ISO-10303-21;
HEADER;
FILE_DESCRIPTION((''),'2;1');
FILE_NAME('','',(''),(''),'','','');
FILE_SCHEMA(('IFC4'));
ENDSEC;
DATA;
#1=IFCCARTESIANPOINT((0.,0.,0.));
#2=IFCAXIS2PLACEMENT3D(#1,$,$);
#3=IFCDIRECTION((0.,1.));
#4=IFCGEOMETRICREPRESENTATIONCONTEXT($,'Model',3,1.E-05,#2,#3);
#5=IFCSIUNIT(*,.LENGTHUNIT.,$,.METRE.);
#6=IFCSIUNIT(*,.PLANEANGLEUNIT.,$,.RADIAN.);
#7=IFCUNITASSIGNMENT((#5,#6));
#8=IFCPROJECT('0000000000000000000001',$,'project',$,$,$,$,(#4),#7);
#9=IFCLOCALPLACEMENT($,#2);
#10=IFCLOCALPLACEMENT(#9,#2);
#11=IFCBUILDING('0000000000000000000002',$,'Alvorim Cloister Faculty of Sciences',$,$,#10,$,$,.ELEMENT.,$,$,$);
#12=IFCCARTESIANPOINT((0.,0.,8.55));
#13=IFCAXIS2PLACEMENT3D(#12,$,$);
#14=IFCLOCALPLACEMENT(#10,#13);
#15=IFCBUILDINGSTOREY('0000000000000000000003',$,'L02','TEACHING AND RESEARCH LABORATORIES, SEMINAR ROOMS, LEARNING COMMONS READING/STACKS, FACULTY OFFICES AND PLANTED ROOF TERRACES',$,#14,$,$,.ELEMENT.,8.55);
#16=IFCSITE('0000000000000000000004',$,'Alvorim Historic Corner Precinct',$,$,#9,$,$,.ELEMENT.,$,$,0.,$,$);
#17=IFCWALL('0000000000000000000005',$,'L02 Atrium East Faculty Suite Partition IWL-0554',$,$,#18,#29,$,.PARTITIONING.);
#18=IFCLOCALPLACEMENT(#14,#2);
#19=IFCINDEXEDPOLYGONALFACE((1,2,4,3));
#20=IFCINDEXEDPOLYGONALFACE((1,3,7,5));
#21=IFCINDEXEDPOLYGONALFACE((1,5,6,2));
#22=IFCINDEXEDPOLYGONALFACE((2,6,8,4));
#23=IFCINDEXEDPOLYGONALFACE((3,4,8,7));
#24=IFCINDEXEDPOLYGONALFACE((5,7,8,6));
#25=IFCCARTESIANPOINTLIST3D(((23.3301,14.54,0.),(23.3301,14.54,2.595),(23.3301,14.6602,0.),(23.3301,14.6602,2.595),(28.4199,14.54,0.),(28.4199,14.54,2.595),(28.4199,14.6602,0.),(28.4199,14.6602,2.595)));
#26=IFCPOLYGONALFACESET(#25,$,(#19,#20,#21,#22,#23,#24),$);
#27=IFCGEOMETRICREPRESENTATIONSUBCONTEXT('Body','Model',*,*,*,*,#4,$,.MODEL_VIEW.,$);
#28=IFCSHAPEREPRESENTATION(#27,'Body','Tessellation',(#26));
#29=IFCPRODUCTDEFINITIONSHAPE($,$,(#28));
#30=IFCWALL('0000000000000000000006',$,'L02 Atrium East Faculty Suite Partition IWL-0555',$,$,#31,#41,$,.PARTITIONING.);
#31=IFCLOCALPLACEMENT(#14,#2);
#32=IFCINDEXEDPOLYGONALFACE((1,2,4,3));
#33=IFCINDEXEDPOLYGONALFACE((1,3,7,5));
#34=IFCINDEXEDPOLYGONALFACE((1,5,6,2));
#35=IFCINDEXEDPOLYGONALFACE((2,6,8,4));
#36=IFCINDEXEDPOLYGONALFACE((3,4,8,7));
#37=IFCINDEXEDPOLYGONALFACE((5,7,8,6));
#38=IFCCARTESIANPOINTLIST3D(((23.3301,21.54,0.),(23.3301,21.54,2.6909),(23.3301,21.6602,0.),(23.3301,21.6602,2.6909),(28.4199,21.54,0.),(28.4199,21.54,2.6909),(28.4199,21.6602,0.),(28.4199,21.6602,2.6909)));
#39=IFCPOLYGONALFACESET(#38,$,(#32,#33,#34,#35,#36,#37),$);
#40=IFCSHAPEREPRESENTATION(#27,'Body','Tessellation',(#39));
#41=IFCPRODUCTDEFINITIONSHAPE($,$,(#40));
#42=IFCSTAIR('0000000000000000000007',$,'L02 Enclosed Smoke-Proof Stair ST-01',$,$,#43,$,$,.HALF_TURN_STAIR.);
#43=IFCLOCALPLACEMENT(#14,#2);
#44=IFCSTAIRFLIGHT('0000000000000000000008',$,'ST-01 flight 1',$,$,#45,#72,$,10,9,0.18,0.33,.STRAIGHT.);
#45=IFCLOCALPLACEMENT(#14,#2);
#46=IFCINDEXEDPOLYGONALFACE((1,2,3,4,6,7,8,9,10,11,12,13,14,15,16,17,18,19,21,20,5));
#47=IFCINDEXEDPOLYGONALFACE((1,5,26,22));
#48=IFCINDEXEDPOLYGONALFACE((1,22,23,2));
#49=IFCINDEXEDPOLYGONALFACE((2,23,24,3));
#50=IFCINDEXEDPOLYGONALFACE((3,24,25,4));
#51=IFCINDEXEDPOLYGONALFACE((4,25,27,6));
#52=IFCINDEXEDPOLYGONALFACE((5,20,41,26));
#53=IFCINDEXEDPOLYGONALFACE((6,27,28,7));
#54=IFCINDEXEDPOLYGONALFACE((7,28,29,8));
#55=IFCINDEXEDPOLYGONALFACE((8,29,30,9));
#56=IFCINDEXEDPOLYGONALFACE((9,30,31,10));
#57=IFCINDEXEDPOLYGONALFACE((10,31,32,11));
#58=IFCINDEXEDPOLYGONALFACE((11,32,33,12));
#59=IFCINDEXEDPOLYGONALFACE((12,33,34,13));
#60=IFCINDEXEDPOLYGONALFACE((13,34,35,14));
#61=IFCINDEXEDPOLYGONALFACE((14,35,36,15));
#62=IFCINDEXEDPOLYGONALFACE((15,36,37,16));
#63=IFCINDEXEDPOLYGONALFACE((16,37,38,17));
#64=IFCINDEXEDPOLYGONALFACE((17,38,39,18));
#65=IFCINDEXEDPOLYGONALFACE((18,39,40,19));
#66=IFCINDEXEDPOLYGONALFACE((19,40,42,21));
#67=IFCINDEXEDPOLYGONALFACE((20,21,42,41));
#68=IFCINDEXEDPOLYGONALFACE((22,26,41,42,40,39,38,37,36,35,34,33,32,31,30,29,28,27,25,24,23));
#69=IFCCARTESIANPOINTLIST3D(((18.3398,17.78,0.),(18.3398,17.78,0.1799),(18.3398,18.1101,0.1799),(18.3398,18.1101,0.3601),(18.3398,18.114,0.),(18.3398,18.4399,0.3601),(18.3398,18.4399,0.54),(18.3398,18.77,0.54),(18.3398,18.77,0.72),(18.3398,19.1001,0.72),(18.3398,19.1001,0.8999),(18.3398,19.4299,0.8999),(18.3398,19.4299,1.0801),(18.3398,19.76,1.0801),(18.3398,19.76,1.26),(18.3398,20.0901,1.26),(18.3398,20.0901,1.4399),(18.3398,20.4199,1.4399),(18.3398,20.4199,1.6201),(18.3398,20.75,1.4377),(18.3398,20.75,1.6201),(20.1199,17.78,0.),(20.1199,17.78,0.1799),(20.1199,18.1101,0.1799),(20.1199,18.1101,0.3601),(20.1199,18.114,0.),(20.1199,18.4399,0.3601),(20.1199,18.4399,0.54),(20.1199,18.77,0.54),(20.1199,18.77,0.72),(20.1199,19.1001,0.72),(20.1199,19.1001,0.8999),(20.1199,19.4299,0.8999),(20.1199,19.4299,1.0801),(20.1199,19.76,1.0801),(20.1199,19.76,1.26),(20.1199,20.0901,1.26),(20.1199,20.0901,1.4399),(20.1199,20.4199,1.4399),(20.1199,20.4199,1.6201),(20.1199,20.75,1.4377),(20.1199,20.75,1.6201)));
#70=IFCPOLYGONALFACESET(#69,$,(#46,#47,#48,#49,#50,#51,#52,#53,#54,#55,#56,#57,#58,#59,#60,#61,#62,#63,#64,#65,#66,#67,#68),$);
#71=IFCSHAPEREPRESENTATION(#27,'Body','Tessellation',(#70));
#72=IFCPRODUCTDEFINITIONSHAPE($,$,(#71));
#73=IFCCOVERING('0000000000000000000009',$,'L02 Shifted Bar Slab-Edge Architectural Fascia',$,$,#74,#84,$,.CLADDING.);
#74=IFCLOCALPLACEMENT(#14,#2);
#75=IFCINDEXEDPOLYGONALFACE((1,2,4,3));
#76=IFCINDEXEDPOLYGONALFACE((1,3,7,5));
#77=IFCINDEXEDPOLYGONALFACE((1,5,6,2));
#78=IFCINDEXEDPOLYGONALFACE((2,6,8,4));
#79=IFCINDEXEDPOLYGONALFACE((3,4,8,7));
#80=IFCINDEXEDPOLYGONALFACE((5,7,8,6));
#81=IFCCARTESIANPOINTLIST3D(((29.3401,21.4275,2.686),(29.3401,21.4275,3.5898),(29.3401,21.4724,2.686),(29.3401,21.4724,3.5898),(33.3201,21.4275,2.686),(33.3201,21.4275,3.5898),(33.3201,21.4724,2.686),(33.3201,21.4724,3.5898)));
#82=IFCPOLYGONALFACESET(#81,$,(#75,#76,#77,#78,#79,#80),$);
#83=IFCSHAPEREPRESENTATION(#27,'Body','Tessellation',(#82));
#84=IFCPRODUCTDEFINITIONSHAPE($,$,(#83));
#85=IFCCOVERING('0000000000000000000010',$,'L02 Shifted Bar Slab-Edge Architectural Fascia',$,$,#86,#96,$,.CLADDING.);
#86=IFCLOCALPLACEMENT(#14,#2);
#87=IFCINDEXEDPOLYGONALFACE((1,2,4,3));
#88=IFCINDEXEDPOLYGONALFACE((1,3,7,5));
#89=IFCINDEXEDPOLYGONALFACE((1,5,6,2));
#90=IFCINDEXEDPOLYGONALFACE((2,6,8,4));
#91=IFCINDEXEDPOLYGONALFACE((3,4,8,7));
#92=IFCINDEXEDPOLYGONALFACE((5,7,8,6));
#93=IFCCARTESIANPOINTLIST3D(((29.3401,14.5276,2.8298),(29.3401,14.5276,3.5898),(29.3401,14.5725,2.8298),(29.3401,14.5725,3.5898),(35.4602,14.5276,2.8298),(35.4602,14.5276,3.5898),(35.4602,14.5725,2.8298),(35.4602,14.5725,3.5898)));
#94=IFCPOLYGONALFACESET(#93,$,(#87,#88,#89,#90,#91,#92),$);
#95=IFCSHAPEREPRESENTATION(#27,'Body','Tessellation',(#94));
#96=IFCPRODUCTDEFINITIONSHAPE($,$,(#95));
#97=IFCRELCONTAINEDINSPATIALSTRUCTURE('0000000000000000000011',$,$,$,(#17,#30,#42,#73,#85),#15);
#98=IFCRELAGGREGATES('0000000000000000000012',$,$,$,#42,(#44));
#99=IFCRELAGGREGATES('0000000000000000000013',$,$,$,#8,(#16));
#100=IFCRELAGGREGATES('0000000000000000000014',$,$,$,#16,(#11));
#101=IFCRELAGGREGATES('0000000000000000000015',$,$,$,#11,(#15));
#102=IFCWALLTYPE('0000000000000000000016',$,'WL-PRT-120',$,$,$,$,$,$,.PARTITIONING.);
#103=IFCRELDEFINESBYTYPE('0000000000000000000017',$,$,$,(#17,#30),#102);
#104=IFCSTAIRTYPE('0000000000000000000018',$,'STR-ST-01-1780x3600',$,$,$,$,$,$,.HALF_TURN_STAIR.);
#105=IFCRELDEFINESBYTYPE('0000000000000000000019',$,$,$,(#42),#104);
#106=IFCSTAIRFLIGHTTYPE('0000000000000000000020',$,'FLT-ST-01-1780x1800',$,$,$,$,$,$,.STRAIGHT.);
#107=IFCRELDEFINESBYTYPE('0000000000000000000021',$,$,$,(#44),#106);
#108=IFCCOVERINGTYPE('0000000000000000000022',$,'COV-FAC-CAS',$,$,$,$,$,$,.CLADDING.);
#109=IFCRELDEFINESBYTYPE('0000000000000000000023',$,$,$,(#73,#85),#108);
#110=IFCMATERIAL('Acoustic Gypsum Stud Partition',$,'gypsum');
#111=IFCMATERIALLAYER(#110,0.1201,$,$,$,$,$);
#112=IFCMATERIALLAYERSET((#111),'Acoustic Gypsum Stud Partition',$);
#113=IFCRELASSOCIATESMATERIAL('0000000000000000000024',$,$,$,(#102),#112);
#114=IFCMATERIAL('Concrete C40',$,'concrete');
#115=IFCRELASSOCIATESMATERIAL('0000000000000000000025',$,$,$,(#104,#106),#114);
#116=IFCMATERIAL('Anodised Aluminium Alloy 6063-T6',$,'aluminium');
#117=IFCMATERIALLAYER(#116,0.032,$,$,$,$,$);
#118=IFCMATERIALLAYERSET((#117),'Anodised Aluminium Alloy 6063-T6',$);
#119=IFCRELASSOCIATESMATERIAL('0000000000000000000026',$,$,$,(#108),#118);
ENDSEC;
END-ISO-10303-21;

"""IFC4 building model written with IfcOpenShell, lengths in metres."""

from ifc_helpers import new_model, si_unit, direction, frame, frame_2d, origin, place, context, subcontext, project, spatial, polyline, rectangle, outline, extrude, material, layer, layer_set, type_object, element, aggregate, save


model = new_model("IFC4")

# Units and contexts
model_context = context("Model", 3, precision=1e-05, world=origin(), true_north=direction((0.0, 1.0)))
body_context = subcontext(model_context, "Body", "Model", "MODEL_VIEW")
ifc_project = project(units=[si_unit("LENGTHUNIT", "METRE"), si_unit("PLANEANGLEUNIT", "RADIAN")], contexts=[model_context])

# Site, building, storey
site_placement = place(None, origin())
site = spatial("IfcSite", under=ifc_project, at=site_placement, Name="Alvorim Historic Corner Precinct", CompositionType="ELEMENT", RefElevation=0.0)
building_placement = place(site_placement, origin())
building = spatial("IfcBuilding", under=site, at=building_placement, Name="Alvorim Cloister Faculty of Sciences", CompositionType="ELEMENT")
storey_placement = place(building_placement, frame((0.0, 0.0, 8.55)))
storey = spatial("IfcBuildingStorey", under=building, at=storey_placement, Name="L02", Description="TEACHING AND RESEARCH LABORATORIES, SEMINAR ROOMS, LEARNING COMMONS READING/STACKS, FACULTY OFFICES AND PLANTED ROOF TERRACES", CompositionType="ELEMENT", Elevation=8.55)

# Shared definitions
ifc_material_1 = material(Name="Acoustic Gypsum Stud Partition", Category="gypsum")
ifc_layer_1 = layer(ifc_material_1, 0.1201)
ifc_layer_set_1 = layer_set([ifc_layer_1], Name="Acoustic Gypsum Stud Partition")
wall_type_1 = type_object("IfcWallType", Name="WL-PRT-120", PredefinedType="PARTITIONING", material=ifc_layer_set_1)

# Walls
wall_1_placement = place(storey_placement, frame((23.3301, 14.6001, 0.0), z_axis=(0.0, 0.0, 1.0), x_axis=(1.0, 0.0, 0.0)))
element("IfcWall", 1, at=wall_1_placement, inside=storey, type_object=wall_type_1, Name="L02 Atrium East Faculty Suite Partition IWL-0554", PredefinedType="PARTITIONING", context=body_context, shape_type="SweptSolid", body=[
    extrude(rectangle(XDim=5.0898, YDim=0.1201, at=frame_2d((2.5449, 0.0))), origin(), (0.0, 0.0, 1.0), 2.595),
])
wall_2_placement = place(storey_placement, frame((23.3301, 21.6001, 0.0), z_axis=(0.0, 0.0, 1.0), x_axis=(1.0, 0.0, 0.0)))
element("IfcWall", 2, at=wall_2_placement, inside=storey, type_object=wall_type_1, Name="L02 Atrium East Faculty Suite Partition IWL-0555", PredefinedType="PARTITIONING", context=body_context, shape_type="SweptSolid", body=[
    extrude(rectangle(XDim=5.0898, YDim=0.1201, at=frame_2d((2.5449, 0.0))), origin(), (0.0, 0.0, 1.0), 2.6909),
])
ifc_material_2 = material(Name="Concrete C40", Category="concrete")

# Stair, stair flight
stair_type = type_object("IfcStairType", Name="STR-ST-01-1780x3600", PredefinedType="HALF_TURN_STAIR", material=ifc_material_2)
stair_placement = place(storey_placement, origin())
stair = element("IfcStair", 3, at=stair_placement, inside=storey, type_object=stair_type, Name="L02 Enclosed Smoke-Proof Stair ST-01", PredefinedType="HALF_TURN_STAIR")
stair_flight_type = type_object("IfcStairFlightType", Name="FLT-ST-01-1780x1800", PredefinedType="STRAIGHT", material=ifc_material_2)
stair_flight_placement = place(storey_placement, frame((19.23, 17.78, 0.0), z_axis=(0.0, 0.0, 1.0), x_axis=(0.0, 1.0, 0.0)))
stair_flight = element("IfcStairFlight", 4, at=stair_flight_placement, type_object=stair_flight_type, Name="ST-01 flight 1", NumberOfRisers=10, NumberOfTreads=9, PredefinedType="STRAIGHT", RiserHeight=0.18, TreadLength=0.33, context=body_context, shape_type="SweptSolid", body=[
    extrude(outline(polyline([(0.334, 0.0), (2.97, 1.4377), (2.97, 1.8), (2.97, 1.6201), (2.6399, 1.6201), (2.6399, 1.4399), (2.3101, 1.4399), (2.3101, 1.26), (1.98, 1.26), (1.98, 1.0801), (1.6499, 1.0801), (1.6499, 0.8999), (1.3201, 0.8999), (1.3201, 0.72), (0.99, 0.72), (0.99, 0.54), (0.6599, 0.54), (0.6599, 0.3601), (0.3301, 0.3601), (0.3301, 0.1799), (0.0, 0.1799), (0.0, 0.0), (0.334, 0.0)])), frame((0.0, 0.8901, 0.0), z_axis=(0.0, -1.0, 0.0), x_axis=(1.0, 0.0, 0.0)), (0.0, 0.0, 1.0), 1.78),
])
aggregate(stair, [stair_flight])

# Coverings
ifc_material_3 = material(Name="Anodised Aluminium Alloy 6063-T6", Category="aluminium")
ifc_layer_2 = layer(ifc_material_3, 0.032)
ifc_layer_set_2 = layer_set([ifc_layer_2], Name="Anodised Aluminium Alloy 6063-T6")
covering_type = type_object("IfcCoveringType", Name="COV-FAC-CAS", PredefinedType="CLADDING", material=ifc_layer_set_2)
covering_1_placement = place(storey_placement, frame((29.3401, 21.45, 2.686), z_axis=(0.0, 0.0, 1.0), x_axis=(1.0, 0.0, 0.0)))
element("IfcCovering", 5, at=covering_1_placement, inside=storey, type_object=covering_type, Name="L02 Shifted Bar Slab-Edge Architectural Fascia", PredefinedType="CLADDING", context=body_context, shape_type="SweptSolid", body=[
    extrude(outline(polyline([(0.0, 0.0), (3.98, 0.0), (3.98, 0.9038), (0.0, 0.9038), (0.0, 0.0)])), frame((0.0, 0.0225, 0.0), z_axis=(0.0, -1.0, 0.0), x_axis=(1.0, 0.0, 0.0)), (0.0, 0.0, 1.0), 0.0449),
])
covering_2_placement = place(storey_placement, frame((29.3401, 14.55, 2.8298), z_axis=(0.0, 0.0, 1.0), x_axis=(1.0, 0.0, 0.0)))
element("IfcCovering", 6, at=covering_2_placement, inside=storey, type_object=covering_type, Name="L02 Shifted Bar Slab-Edge Architectural Fascia", PredefinedType="CLADDING", context=body_context, shape_type="SweptSolid", body=[
    extrude(outline(polyline([(0.0, 0.0), (6.1201, 0.0), (6.1201, 0.76), (0.0, 0.76), (0.0, 0.0)])), frame((0.0, 0.0225, 0.0), z_axis=(0.0, -1.0, 0.0), x_axis=(1.0, 0.0, 0.0)), (0.0, 0.0, 1.0), 0.0449),
])

save(model, "model.ifc")
